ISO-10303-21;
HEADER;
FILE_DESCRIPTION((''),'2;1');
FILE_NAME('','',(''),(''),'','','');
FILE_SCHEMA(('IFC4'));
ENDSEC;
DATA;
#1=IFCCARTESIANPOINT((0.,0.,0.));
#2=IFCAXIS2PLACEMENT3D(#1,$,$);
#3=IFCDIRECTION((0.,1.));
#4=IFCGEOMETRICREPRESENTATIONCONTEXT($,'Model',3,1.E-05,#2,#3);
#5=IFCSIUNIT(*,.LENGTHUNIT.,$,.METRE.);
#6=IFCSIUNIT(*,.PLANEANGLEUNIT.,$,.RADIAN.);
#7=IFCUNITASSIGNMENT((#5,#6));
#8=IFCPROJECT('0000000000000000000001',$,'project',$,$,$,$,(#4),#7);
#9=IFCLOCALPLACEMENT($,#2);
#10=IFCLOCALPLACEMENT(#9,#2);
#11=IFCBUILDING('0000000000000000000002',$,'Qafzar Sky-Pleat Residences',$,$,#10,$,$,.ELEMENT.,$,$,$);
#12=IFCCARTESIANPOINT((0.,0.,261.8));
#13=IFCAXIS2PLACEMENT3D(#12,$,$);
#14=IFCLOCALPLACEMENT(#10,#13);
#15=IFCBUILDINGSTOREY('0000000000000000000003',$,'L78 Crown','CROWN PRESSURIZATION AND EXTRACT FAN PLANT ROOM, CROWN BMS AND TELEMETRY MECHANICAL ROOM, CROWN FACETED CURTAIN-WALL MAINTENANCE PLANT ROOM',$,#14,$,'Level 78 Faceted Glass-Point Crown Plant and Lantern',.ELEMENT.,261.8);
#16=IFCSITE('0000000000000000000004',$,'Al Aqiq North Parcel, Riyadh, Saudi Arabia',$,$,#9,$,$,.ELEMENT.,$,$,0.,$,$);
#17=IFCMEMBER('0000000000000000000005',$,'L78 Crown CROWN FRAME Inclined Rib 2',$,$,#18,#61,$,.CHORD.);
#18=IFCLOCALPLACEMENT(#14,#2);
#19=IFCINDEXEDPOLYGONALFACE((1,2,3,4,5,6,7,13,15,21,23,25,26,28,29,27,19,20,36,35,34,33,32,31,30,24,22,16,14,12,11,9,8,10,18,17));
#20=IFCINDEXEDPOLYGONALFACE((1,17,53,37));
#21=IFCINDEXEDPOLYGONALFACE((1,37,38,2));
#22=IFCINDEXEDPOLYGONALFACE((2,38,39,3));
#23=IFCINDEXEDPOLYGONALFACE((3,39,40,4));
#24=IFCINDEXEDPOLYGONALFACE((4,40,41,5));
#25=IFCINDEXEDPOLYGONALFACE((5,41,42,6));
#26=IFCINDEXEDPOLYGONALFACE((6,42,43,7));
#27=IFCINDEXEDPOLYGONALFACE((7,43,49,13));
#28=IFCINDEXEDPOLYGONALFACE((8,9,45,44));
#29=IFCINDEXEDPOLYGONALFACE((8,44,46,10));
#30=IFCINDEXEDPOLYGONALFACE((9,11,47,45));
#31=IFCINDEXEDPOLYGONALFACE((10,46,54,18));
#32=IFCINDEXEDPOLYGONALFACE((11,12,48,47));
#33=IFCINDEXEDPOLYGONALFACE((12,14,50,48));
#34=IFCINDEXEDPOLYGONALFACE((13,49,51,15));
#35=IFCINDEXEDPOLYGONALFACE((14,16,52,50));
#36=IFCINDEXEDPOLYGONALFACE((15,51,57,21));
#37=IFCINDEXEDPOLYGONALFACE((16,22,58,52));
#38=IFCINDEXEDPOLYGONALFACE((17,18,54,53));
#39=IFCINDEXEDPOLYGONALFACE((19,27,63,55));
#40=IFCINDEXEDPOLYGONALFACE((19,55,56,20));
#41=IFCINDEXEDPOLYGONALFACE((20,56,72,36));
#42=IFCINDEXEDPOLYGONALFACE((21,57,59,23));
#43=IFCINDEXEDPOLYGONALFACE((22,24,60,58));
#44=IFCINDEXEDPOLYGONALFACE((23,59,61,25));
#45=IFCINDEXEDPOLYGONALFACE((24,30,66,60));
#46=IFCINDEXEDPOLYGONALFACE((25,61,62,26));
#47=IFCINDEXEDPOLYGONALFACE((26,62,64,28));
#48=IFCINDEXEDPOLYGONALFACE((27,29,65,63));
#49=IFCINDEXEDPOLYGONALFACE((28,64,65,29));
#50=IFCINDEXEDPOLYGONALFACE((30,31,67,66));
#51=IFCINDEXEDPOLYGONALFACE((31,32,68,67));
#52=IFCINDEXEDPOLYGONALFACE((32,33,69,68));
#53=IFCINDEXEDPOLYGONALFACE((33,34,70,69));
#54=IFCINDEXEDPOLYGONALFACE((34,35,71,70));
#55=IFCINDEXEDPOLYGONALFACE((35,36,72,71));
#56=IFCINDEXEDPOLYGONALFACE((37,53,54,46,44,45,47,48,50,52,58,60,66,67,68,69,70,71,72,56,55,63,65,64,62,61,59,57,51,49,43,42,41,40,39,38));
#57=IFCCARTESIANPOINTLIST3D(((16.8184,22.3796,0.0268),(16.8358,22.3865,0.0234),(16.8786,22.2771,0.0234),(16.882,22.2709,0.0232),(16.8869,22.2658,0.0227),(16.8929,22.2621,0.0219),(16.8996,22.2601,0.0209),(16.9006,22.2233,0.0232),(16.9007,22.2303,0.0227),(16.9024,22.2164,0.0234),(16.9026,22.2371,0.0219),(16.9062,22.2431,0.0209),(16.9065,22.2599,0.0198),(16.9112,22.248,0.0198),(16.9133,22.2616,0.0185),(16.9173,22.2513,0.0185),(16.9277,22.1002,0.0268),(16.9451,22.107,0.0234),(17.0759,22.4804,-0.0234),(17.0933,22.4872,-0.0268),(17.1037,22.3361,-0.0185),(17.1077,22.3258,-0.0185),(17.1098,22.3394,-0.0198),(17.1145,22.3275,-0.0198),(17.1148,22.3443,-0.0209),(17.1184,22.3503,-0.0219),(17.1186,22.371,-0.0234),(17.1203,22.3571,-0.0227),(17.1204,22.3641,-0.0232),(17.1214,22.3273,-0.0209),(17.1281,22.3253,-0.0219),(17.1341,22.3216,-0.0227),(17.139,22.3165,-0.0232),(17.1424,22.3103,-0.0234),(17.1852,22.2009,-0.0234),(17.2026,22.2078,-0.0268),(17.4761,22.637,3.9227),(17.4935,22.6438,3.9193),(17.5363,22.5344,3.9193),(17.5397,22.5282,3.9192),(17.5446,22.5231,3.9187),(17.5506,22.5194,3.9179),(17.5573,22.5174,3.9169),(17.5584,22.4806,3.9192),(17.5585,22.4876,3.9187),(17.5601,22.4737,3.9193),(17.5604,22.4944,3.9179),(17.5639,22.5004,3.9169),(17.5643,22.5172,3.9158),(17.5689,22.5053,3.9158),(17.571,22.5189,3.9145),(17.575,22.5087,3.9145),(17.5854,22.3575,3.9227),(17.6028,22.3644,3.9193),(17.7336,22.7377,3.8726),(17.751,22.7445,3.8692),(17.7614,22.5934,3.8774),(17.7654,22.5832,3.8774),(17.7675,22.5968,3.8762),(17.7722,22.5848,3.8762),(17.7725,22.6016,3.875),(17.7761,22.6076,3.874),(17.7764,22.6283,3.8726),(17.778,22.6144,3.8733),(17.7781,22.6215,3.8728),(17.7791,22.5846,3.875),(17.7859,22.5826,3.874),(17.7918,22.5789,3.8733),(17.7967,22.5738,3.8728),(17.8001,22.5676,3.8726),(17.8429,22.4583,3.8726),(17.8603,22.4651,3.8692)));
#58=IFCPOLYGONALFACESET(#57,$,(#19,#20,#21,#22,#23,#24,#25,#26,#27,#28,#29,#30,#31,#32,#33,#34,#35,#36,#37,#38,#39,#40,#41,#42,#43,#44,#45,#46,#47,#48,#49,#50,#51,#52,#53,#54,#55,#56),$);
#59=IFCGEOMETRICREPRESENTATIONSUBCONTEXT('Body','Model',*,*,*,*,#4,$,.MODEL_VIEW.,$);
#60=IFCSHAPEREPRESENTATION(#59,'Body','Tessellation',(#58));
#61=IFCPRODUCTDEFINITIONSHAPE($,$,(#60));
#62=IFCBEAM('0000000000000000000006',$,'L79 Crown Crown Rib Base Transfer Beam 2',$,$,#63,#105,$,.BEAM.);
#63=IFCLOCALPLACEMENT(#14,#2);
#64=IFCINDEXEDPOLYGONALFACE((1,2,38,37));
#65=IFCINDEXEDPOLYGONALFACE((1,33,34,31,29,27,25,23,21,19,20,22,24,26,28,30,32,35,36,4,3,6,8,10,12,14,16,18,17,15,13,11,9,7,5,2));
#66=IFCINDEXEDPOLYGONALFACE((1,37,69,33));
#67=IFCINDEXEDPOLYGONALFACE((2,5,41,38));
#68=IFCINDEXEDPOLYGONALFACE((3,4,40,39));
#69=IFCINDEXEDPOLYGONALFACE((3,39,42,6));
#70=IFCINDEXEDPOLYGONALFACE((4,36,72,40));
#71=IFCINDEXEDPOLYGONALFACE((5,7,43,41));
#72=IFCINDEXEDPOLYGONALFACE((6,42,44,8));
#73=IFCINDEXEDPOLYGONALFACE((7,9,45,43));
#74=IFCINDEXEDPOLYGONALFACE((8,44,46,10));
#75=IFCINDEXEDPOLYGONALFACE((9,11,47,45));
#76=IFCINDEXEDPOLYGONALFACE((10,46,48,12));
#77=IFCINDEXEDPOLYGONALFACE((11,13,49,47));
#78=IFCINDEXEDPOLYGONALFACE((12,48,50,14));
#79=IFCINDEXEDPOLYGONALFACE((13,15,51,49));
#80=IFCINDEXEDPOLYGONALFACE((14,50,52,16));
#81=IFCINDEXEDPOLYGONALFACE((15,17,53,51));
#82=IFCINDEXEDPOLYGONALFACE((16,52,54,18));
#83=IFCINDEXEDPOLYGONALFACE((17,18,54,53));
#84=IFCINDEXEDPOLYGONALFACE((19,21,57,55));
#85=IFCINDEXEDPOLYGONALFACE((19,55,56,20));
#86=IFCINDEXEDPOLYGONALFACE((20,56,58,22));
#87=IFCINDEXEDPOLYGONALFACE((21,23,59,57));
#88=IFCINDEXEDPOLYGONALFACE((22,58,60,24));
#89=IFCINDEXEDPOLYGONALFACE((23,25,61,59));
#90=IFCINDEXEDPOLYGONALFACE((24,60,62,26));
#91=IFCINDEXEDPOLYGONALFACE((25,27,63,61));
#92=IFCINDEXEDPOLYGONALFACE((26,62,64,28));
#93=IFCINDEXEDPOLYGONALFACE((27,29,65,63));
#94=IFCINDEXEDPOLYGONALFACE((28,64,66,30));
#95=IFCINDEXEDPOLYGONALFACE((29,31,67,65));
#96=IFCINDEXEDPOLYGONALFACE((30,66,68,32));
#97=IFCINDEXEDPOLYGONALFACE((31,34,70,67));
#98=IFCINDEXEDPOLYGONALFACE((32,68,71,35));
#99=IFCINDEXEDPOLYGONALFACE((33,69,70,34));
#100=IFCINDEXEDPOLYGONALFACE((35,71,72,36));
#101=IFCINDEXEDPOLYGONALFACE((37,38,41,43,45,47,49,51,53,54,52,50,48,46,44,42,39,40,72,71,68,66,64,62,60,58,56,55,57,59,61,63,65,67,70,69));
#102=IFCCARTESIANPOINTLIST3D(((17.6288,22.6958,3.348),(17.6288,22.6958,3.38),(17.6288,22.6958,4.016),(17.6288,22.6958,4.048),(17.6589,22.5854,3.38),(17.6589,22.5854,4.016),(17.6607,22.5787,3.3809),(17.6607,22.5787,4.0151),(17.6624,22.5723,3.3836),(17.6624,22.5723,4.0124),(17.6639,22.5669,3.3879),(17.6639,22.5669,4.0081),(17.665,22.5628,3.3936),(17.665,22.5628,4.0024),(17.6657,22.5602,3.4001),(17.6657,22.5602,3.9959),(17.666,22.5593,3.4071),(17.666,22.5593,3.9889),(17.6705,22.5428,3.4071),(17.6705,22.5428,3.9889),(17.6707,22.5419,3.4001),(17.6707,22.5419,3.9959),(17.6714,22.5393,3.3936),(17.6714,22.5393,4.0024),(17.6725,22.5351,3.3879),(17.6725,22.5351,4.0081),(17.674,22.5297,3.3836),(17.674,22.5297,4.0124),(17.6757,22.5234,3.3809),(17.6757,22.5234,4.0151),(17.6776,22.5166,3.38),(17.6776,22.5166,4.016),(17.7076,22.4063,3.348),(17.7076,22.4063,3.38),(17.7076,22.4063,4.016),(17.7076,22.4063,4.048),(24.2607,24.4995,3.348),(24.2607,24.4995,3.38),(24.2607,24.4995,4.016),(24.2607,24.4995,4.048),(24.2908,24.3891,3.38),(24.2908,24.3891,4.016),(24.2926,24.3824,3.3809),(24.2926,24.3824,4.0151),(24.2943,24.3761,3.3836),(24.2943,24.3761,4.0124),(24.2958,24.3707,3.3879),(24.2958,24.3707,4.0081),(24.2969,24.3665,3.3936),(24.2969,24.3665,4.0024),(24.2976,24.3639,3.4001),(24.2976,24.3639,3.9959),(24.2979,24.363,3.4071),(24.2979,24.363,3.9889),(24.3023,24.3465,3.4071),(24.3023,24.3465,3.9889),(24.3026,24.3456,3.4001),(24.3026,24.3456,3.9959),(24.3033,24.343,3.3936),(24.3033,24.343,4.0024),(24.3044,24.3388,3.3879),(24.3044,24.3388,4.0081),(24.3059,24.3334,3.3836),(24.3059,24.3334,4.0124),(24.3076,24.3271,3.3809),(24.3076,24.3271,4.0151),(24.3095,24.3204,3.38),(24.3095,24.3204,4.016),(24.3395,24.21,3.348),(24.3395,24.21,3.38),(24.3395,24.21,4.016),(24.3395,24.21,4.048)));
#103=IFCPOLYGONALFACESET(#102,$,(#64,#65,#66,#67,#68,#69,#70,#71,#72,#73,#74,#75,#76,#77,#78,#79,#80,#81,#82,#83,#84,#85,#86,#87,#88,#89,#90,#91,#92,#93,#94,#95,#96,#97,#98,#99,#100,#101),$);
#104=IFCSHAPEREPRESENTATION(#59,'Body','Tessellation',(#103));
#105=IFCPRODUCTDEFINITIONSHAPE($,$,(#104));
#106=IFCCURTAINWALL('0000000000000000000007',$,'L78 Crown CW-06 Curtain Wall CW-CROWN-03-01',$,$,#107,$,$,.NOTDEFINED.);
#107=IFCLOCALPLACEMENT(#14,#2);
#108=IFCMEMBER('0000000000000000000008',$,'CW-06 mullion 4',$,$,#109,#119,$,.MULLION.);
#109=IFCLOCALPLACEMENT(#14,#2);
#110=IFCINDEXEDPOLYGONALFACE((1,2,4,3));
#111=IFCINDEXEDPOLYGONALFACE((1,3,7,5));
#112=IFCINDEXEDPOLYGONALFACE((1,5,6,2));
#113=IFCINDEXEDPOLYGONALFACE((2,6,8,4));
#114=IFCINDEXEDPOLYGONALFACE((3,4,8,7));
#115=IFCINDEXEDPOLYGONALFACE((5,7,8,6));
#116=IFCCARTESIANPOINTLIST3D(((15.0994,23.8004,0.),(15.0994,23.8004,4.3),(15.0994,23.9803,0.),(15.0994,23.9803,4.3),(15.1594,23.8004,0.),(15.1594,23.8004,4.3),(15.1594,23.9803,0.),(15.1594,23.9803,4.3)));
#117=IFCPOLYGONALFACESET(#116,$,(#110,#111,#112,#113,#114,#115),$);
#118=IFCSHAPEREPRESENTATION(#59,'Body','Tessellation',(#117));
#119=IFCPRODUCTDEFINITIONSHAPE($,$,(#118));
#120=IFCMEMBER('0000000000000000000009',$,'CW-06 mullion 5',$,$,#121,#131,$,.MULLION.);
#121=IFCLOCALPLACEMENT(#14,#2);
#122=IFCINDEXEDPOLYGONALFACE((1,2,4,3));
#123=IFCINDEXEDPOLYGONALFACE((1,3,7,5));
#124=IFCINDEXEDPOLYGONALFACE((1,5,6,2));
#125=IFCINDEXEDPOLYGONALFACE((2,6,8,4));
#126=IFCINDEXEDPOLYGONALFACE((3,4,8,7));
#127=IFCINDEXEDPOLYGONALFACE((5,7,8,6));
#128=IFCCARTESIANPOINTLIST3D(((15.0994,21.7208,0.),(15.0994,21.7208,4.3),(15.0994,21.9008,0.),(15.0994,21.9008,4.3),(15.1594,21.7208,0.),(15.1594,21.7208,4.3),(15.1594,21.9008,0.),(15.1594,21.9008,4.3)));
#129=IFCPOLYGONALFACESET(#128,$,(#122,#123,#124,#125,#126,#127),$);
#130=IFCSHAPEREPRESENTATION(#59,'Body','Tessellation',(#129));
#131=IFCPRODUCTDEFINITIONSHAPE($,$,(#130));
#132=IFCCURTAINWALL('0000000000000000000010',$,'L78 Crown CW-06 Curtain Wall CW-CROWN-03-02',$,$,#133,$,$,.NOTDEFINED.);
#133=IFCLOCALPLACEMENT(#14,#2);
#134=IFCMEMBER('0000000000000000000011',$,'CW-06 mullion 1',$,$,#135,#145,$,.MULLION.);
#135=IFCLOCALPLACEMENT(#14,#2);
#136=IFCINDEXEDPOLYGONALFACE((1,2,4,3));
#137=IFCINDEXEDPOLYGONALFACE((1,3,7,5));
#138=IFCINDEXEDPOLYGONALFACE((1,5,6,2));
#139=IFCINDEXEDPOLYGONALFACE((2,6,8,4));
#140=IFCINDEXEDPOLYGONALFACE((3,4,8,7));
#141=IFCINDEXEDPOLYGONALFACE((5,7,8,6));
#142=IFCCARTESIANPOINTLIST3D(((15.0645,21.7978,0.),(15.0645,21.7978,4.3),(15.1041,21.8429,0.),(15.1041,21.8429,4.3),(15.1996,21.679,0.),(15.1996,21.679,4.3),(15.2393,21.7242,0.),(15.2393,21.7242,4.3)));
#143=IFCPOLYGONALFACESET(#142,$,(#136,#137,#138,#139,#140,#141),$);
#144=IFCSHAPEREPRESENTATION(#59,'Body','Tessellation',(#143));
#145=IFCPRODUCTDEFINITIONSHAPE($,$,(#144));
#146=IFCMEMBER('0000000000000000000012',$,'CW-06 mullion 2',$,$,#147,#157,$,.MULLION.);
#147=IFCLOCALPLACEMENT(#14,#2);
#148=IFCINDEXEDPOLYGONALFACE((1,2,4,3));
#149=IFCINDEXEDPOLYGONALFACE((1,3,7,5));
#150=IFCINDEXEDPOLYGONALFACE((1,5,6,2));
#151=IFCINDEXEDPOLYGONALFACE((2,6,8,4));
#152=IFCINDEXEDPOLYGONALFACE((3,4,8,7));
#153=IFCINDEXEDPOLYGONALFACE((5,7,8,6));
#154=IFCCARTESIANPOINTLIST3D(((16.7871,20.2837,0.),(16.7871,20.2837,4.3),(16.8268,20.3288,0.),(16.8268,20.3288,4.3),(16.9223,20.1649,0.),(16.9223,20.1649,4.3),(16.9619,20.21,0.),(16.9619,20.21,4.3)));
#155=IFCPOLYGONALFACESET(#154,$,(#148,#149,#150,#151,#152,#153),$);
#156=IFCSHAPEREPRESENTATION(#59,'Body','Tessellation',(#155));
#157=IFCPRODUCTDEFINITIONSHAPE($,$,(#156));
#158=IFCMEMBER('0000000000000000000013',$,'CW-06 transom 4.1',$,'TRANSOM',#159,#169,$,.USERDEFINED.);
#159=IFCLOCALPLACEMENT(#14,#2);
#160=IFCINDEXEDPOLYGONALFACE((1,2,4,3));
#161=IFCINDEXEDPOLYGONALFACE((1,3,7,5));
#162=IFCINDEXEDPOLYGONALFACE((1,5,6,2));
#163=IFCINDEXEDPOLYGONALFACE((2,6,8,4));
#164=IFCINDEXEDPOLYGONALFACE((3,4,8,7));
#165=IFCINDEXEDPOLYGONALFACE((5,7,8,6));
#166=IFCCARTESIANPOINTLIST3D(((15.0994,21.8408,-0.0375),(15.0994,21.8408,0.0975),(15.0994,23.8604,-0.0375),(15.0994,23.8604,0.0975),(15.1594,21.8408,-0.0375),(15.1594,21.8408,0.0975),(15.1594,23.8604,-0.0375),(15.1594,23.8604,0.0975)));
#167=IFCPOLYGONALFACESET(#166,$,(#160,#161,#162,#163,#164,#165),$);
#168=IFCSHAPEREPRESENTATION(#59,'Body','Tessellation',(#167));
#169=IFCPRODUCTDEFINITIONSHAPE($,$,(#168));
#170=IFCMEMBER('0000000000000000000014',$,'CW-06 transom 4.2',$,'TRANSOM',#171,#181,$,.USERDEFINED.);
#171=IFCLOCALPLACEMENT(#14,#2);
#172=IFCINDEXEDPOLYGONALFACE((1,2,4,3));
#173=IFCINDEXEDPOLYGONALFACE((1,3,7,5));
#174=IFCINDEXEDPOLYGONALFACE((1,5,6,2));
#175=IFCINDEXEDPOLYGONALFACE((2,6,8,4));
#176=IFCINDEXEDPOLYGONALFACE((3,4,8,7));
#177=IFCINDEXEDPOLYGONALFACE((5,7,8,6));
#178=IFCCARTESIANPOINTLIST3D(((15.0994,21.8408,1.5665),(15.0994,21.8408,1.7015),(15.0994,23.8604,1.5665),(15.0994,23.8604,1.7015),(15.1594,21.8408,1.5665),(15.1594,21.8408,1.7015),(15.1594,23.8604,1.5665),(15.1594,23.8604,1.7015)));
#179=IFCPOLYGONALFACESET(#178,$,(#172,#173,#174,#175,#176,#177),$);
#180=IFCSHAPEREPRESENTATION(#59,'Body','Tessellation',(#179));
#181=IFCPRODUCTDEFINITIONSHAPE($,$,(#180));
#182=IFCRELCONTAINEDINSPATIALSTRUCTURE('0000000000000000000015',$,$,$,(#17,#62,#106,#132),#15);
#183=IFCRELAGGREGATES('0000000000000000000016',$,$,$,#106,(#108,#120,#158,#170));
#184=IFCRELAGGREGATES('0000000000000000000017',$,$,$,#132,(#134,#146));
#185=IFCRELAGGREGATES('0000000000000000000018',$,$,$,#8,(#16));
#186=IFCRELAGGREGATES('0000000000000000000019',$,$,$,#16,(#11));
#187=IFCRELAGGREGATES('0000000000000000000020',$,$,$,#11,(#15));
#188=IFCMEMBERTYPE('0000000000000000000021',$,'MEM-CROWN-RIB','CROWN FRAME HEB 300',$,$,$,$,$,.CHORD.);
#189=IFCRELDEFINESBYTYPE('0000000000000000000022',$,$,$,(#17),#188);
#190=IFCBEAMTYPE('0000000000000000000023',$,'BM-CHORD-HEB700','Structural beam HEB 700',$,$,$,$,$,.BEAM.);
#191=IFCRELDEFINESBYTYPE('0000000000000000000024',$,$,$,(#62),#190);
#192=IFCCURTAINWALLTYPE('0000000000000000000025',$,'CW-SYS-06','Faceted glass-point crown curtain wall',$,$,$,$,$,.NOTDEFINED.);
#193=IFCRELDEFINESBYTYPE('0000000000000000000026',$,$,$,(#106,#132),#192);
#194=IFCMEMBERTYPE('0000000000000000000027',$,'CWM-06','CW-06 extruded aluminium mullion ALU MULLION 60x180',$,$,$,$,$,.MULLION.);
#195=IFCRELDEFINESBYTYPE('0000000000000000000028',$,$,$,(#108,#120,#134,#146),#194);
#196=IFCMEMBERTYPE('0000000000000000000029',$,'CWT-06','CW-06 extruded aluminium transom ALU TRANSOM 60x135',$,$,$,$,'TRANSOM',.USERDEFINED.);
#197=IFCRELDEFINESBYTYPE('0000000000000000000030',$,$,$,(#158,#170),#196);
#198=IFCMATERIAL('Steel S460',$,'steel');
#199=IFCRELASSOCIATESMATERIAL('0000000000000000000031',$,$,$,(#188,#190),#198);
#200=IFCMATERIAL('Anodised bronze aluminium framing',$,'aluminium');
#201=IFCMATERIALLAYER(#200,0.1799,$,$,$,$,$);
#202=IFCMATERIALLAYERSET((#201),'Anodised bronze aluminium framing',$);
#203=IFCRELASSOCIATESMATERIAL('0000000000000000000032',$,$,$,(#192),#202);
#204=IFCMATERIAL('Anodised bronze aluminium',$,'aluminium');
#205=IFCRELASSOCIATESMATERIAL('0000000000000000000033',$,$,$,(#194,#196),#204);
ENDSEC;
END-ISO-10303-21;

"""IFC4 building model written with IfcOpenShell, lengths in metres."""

from ifc_helpers import new_model, si_unit, direction, frame, origin, origin_2d, place, context, subcontext, project, spatial, rectangle, i_section, extrude, source, transform, mapped, material, layer, layer_set, material_profile, profile_set, type_object, element, aggregate, save


model = new_model("IFC4")

# Units and contexts
model_context = context("Model", 3, precision=1e-05, world=origin(), true_north=direction((0.0, 1.0)))
body_context = subcontext(model_context, "Body", "Model", "MODEL_VIEW")
ifc_project = project(units=[si_unit("LENGTHUNIT", "METRE"), si_unit("PLANEANGLEUNIT", "RADIAN")], contexts=[model_context])

# Site, building, storey
site_placement = place(None, origin())
site = spatial("IfcSite", under=ifc_project, at=site_placement, Name="Al Aqiq North Parcel, Riyadh, Saudi Arabia", CompositionType="ELEMENT", RefElevation=0.0)
building_placement = place(site_placement, origin())
building = spatial("IfcBuilding", under=site, at=building_placement, Name="Qafzar Sky-Pleat Residences", CompositionType="ELEMENT")
storey_placement = place(building_placement, frame((0.0, 0.0, 261.8)))
storey = spatial("IfcBuildingStorey", under=building, at=storey_placement, Name="L78 Crown", Description="CROWN PRESSURIZATION AND EXTRACT FAN PLANT ROOM, CROWN BMS AND TELEMETRY MECHANICAL ROOM, CROWN FACETED CURTAIN-WALL MAINTENANCE PLANT ROOM", LongName="Level 78 Faceted Glass-Point Crown Plant and Lantern", CompositionType="ELEMENT", Elevation=261.8)

# Member
ifc_material_1 = material(Name="Steel S460", Category="steel")
ifc_material_profile_1 = material_profile(ifc_material_1, i_section(OverallWidth=0.3, OverallDepth=0.3, WebThickness=0.011, FlangeThickness=0.019, FilletRadius=0.0271, at=origin_2d()), Name="HEB 300")
ifc_profile_set_1 = profile_set([ifc_material_profile_1], Name="Steel S460")
member_type_1 = type_object("IfcMemberType", Name="MEM-CROWN-RIB", Description="CROWN FRAME HEB 300", PredefinedType="CHORD", material=ifc_profile_set_1)
shared_shape_1 = source(origin(), body_context, "Body", "SweptSolid", [
    extrude(i_section(OverallWidth=0.3, OverallDepth=0.3, WebThickness=0.011, FlangeThickness=0.019, FilletRadius=0.0271, at=origin_2d()), origin(), (0.0, 0.0, 1.0), 3.9595),
])
member_1_placement = place(storey_placement, frame((17.0105, 22.2937, 0.0), z_axis=(0.166111, 0.064989, 0.983963), x_axis=(-0.364347, 0.931263, 0.0)))
element("IfcMember", 1, at=member_1_placement, inside=storey, type_object=member_type_1, Name="L78 Crown CROWN FRAME Inclined Rib 2", PredefinedType="CHORD", context=body_context, shape_type="MappedRepresentation", body=[
    mapped(shared_shape_1, transform((0.0, 0.0, 0.0), x_axis=(1.0, 0.0, 0.0), y_axis=(0.0, 1.0, 0.0), z_axis=(0.0, 0.0, 1.0), scale=1.0)),
])

# Beam
ifc_material_profile_2 = material_profile(ifc_material_1, i_section(OverallWidth=0.3, OverallDepth=0.7, WebThickness=0.0171, FlangeThickness=0.032, FilletRadius=0.0271, at=origin_2d()), Name="HEB 700")
ifc_profile_set_2 = profile_set([ifc_material_profile_2], Name="Steel S460")
beam_type = type_object("IfcBeamType", Name="BM-CHORD-HEB700", Description="Structural beam HEB 700", PredefinedType="BEAM", material=ifc_profile_set_2)
shared_shape_2 = source(origin(), body_context, "Body", "SweptSolid", [
    extrude(i_section(OverallWidth=0.3, OverallDepth=0.7, WebThickness=0.0171, FlangeThickness=0.032, FilletRadius=0.0271, at=origin_2d()), origin(), (0.0, 0.0, 1.0), 6.8728),
])
beam_placement = place(storey_placement, frame((17.6682, 22.551, 3.698), z_axis=(0.964947, 0.262444, 0.0), x_axis=(-0.262444, 0.964947, 0.0)))
element("IfcBeam", 2, at=beam_placement, inside=storey, type_object=beam_type, Name="L79 Crown Crown Rib Base Transfer Beam 2", PredefinedType="BEAM", context=body_context, shape_type="MappedRepresentation", body=[
    mapped(shared_shape_2, transform((0.0, 0.0, 0.0), x_axis=(1.0, 0.0, 0.0), y_axis=(0.0, 1.0, 0.0), z_axis=(0.0, 0.0, 1.0), scale=1.0)),
])

# Curtain walls, members
ifc_material_2 = material(Name="Anodised bronze aluminium framing", Category="aluminium")
ifc_layer_1 = layer(ifc_material_2, 0.1799)
ifc_layer_set_1 = layer_set([ifc_layer_1], Name="Anodised bronze aluminium framing")
curtain_wall_type = type_object("IfcCurtainWallType", Name="CW-SYS-06", Description="Faceted glass-point crown curtain wall", PredefinedType="NOTDEFINED", material=ifc_layer_set_1)
curtain_wall_1_placement = place(storey_placement, origin())
curtain_wall_1 = element("IfcCurtainWall", 3, at=curtain_wall_1_placement, inside=storey, type_object=curtain_wall_type, Name="L78 Crown CW-06 Curtain Wall CW-CROWN-03-01", PredefinedType="NOTDEFINED")
ifc_material_3 = material(Name="Anodised bronze aluminium", Category="aluminium")
ifc_material_profile_3 = material_profile(ifc_material_3, rectangle(XDim=0.0601, YDim=0.1799, at=origin_2d()), Name="ALU MULLION 60x180")
ifc_profile_set_3 = profile_set([ifc_material_profile_3], Name="Anodised bronze aluminium")
member_type_2 = type_object("IfcMemberType", Name="CWM-06", Description="CW-06 extruded aluminium mullion ALU MULLION 60x180", PredefinedType="MULLION", material=ifc_profile_set_3)
shared_shape_3 = source(origin(), body_context, "Body", "SweptSolid", [
    extrude(rectangle(XDim=0.0601, YDim=0.1799, at=origin_2d()), origin(), (0.0, 0.0, 1.0), 4.3),
])
member_2_placement = place(storey_placement, frame((15.1294, 23.8904, 0.0), z_axis=(0.0, 0.0, 1.0), x_axis=(1.0, 0.0, 0.0)))
member_2 = element("IfcMember", 4, at=member_2_placement, type_object=member_type_2, Name="CW-06 mullion 4", PredefinedType="MULLION", context=body_context, shape_type="MappedRepresentation", body=[
    mapped(shared_shape_3, transform((0.0, 0.0, 0.0), x_axis=(1.0, 0.0, 0.0), y_axis=(0.0, 1.0, 0.0), z_axis=(0.0, 0.0, 1.0), scale=1.0)),
])
member_3_placement = place(storey_placement, frame((15.1294, 21.8108, 0.0), z_axis=(0.0, 0.0, 1.0), x_axis=(1.0, 0.0, 0.0)))
member_3 = element("IfcMember", 5, at=member_3_placement, type_object=member_type_2, Name="CW-06 mullion 5", PredefinedType="MULLION", context=body_context, shape_type="MappedRepresentation", body=[
    mapped(shared_shape_3, transform((0.0, 0.0, 0.0), x_axis=(1.0, 0.0, 0.0), y_axis=(0.0, 1.0, 0.0), z_axis=(0.0, 0.0, 1.0), scale=1.0)),
])
curtain_wall_2_placement = place(storey_placement, origin())
curtain_wall_2 = element("IfcCurtainWall", 6, at=curtain_wall_2_placement, inside=storey, type_object=curtain_wall_type, Name="L78 Crown CW-06 Curtain Wall CW-CROWN-03-02", PredefinedType="NOTDEFINED")
member_4_placement = place(storey_placement, frame((15.1519, 21.761, 0.0), z_axis=(0.0, 0.0, 1.0), x_axis=(0.660134, 0.751148, 0.0)))
member_4 = element("IfcMember", 7, at=member_4_placement, type_object=member_type_2, Name="CW-06 mullion 1", PredefinedType="MULLION", context=body_context, shape_type="MappedRepresentation", body=[
    mapped(shared_shape_3, transform((0.0, 0.0, 0.0), x_axis=(1.0, 0.0, 0.0), y_axis=(0.0, 1.0, 0.0), z_axis=(0.0, 0.0, 1.0), scale=1.0)),
])
member_5_placement = place(storey_placement, frame((16.8745, 20.2468, 0.0), z_axis=(0.0, 0.0, 1.0), x_axis=(0.660134, 0.751148, 0.0)))
member_5 = element("IfcMember", 8, at=member_5_placement, type_object=member_type_2, Name="CW-06 mullion 2", PredefinedType="MULLION", context=body_context, shape_type="MappedRepresentation", body=[
    mapped(shared_shape_3, transform((0.0, 0.0, 0.0), x_axis=(1.0, 0.0, 0.0), y_axis=(0.0, 1.0, 0.0), z_axis=(0.0, 0.0, 1.0), scale=1.0)),
])

# Members
ifc_material_profile_4 = material_profile(ifc_material_3, rectangle(XDim=0.0601, YDim=0.135, at=origin_2d()), Name="ALU TRANSOM 60x135")
ifc_profile_set_4 = profile_set([ifc_material_profile_4], Name="Anodised bronze aluminium")
member_type_3 = type_object("IfcMemberType", Name="CWT-06", Description="CW-06 extruded aluminium transom ALU TRANSOM 60x135", ElementType="TRANSOM", PredefinedType="USERDEFINED", material=ifc_profile_set_4)
shared_shape_4 = source(origin(), body_context, "Body", "SweptSolid", [
    extrude(rectangle(XDim=0.0601, YDim=0.135, at=origin_2d()), origin(), (0.0, 0.0, 1.0), 2.0195),
])
member_6_placement = place(storey_placement, frame((15.1294, 23.8604, 0.03), z_axis=(0.0, -1.0, 0.0), x_axis=(1.0, 0.0, 0.0)))
member_6 = element("IfcMember", 9, at=member_6_placement, type_object=member_type_3, Name="CW-06 transom 4.1", ObjectType="TRANSOM", PredefinedType="USERDEFINED", context=body_context, shape_type="MappedRepresentation", body=[
    mapped(shared_shape_4, transform((0.0, 0.0, 0.0), x_axis=(1.0, 0.0, 0.0), y_axis=(0.0, 1.0, 0.0), z_axis=(0.0, 0.0, 1.0), scale=1.0)),
])
member_7_placement = place(storey_placement, frame((15.1294, 23.8604, 1.634), z_axis=(0.0, -1.0, 0.0), x_axis=(1.0, 0.0, 0.0)))
member_7 = element("IfcMember", 10, at=member_7_placement, type_object=member_type_3, Name="CW-06 transom 4.2", ObjectType="TRANSOM", PredefinedType="USERDEFINED", context=body_context, shape_type="MappedRepresentation", body=[
    mapped(shared_shape_4, transform((0.0, 0.0, 0.0), x_axis=(1.0, 0.0, 0.0), y_axis=(0.0, 1.0, 0.0), z_axis=(0.0, 0.0, 1.0), scale=1.0)),
])

aggregate(curtain_wall_1, [member_2, member_3, member_6, member_7])
aggregate(curtain_wall_2, [member_4, member_5])

save(model, "model.ifc")
